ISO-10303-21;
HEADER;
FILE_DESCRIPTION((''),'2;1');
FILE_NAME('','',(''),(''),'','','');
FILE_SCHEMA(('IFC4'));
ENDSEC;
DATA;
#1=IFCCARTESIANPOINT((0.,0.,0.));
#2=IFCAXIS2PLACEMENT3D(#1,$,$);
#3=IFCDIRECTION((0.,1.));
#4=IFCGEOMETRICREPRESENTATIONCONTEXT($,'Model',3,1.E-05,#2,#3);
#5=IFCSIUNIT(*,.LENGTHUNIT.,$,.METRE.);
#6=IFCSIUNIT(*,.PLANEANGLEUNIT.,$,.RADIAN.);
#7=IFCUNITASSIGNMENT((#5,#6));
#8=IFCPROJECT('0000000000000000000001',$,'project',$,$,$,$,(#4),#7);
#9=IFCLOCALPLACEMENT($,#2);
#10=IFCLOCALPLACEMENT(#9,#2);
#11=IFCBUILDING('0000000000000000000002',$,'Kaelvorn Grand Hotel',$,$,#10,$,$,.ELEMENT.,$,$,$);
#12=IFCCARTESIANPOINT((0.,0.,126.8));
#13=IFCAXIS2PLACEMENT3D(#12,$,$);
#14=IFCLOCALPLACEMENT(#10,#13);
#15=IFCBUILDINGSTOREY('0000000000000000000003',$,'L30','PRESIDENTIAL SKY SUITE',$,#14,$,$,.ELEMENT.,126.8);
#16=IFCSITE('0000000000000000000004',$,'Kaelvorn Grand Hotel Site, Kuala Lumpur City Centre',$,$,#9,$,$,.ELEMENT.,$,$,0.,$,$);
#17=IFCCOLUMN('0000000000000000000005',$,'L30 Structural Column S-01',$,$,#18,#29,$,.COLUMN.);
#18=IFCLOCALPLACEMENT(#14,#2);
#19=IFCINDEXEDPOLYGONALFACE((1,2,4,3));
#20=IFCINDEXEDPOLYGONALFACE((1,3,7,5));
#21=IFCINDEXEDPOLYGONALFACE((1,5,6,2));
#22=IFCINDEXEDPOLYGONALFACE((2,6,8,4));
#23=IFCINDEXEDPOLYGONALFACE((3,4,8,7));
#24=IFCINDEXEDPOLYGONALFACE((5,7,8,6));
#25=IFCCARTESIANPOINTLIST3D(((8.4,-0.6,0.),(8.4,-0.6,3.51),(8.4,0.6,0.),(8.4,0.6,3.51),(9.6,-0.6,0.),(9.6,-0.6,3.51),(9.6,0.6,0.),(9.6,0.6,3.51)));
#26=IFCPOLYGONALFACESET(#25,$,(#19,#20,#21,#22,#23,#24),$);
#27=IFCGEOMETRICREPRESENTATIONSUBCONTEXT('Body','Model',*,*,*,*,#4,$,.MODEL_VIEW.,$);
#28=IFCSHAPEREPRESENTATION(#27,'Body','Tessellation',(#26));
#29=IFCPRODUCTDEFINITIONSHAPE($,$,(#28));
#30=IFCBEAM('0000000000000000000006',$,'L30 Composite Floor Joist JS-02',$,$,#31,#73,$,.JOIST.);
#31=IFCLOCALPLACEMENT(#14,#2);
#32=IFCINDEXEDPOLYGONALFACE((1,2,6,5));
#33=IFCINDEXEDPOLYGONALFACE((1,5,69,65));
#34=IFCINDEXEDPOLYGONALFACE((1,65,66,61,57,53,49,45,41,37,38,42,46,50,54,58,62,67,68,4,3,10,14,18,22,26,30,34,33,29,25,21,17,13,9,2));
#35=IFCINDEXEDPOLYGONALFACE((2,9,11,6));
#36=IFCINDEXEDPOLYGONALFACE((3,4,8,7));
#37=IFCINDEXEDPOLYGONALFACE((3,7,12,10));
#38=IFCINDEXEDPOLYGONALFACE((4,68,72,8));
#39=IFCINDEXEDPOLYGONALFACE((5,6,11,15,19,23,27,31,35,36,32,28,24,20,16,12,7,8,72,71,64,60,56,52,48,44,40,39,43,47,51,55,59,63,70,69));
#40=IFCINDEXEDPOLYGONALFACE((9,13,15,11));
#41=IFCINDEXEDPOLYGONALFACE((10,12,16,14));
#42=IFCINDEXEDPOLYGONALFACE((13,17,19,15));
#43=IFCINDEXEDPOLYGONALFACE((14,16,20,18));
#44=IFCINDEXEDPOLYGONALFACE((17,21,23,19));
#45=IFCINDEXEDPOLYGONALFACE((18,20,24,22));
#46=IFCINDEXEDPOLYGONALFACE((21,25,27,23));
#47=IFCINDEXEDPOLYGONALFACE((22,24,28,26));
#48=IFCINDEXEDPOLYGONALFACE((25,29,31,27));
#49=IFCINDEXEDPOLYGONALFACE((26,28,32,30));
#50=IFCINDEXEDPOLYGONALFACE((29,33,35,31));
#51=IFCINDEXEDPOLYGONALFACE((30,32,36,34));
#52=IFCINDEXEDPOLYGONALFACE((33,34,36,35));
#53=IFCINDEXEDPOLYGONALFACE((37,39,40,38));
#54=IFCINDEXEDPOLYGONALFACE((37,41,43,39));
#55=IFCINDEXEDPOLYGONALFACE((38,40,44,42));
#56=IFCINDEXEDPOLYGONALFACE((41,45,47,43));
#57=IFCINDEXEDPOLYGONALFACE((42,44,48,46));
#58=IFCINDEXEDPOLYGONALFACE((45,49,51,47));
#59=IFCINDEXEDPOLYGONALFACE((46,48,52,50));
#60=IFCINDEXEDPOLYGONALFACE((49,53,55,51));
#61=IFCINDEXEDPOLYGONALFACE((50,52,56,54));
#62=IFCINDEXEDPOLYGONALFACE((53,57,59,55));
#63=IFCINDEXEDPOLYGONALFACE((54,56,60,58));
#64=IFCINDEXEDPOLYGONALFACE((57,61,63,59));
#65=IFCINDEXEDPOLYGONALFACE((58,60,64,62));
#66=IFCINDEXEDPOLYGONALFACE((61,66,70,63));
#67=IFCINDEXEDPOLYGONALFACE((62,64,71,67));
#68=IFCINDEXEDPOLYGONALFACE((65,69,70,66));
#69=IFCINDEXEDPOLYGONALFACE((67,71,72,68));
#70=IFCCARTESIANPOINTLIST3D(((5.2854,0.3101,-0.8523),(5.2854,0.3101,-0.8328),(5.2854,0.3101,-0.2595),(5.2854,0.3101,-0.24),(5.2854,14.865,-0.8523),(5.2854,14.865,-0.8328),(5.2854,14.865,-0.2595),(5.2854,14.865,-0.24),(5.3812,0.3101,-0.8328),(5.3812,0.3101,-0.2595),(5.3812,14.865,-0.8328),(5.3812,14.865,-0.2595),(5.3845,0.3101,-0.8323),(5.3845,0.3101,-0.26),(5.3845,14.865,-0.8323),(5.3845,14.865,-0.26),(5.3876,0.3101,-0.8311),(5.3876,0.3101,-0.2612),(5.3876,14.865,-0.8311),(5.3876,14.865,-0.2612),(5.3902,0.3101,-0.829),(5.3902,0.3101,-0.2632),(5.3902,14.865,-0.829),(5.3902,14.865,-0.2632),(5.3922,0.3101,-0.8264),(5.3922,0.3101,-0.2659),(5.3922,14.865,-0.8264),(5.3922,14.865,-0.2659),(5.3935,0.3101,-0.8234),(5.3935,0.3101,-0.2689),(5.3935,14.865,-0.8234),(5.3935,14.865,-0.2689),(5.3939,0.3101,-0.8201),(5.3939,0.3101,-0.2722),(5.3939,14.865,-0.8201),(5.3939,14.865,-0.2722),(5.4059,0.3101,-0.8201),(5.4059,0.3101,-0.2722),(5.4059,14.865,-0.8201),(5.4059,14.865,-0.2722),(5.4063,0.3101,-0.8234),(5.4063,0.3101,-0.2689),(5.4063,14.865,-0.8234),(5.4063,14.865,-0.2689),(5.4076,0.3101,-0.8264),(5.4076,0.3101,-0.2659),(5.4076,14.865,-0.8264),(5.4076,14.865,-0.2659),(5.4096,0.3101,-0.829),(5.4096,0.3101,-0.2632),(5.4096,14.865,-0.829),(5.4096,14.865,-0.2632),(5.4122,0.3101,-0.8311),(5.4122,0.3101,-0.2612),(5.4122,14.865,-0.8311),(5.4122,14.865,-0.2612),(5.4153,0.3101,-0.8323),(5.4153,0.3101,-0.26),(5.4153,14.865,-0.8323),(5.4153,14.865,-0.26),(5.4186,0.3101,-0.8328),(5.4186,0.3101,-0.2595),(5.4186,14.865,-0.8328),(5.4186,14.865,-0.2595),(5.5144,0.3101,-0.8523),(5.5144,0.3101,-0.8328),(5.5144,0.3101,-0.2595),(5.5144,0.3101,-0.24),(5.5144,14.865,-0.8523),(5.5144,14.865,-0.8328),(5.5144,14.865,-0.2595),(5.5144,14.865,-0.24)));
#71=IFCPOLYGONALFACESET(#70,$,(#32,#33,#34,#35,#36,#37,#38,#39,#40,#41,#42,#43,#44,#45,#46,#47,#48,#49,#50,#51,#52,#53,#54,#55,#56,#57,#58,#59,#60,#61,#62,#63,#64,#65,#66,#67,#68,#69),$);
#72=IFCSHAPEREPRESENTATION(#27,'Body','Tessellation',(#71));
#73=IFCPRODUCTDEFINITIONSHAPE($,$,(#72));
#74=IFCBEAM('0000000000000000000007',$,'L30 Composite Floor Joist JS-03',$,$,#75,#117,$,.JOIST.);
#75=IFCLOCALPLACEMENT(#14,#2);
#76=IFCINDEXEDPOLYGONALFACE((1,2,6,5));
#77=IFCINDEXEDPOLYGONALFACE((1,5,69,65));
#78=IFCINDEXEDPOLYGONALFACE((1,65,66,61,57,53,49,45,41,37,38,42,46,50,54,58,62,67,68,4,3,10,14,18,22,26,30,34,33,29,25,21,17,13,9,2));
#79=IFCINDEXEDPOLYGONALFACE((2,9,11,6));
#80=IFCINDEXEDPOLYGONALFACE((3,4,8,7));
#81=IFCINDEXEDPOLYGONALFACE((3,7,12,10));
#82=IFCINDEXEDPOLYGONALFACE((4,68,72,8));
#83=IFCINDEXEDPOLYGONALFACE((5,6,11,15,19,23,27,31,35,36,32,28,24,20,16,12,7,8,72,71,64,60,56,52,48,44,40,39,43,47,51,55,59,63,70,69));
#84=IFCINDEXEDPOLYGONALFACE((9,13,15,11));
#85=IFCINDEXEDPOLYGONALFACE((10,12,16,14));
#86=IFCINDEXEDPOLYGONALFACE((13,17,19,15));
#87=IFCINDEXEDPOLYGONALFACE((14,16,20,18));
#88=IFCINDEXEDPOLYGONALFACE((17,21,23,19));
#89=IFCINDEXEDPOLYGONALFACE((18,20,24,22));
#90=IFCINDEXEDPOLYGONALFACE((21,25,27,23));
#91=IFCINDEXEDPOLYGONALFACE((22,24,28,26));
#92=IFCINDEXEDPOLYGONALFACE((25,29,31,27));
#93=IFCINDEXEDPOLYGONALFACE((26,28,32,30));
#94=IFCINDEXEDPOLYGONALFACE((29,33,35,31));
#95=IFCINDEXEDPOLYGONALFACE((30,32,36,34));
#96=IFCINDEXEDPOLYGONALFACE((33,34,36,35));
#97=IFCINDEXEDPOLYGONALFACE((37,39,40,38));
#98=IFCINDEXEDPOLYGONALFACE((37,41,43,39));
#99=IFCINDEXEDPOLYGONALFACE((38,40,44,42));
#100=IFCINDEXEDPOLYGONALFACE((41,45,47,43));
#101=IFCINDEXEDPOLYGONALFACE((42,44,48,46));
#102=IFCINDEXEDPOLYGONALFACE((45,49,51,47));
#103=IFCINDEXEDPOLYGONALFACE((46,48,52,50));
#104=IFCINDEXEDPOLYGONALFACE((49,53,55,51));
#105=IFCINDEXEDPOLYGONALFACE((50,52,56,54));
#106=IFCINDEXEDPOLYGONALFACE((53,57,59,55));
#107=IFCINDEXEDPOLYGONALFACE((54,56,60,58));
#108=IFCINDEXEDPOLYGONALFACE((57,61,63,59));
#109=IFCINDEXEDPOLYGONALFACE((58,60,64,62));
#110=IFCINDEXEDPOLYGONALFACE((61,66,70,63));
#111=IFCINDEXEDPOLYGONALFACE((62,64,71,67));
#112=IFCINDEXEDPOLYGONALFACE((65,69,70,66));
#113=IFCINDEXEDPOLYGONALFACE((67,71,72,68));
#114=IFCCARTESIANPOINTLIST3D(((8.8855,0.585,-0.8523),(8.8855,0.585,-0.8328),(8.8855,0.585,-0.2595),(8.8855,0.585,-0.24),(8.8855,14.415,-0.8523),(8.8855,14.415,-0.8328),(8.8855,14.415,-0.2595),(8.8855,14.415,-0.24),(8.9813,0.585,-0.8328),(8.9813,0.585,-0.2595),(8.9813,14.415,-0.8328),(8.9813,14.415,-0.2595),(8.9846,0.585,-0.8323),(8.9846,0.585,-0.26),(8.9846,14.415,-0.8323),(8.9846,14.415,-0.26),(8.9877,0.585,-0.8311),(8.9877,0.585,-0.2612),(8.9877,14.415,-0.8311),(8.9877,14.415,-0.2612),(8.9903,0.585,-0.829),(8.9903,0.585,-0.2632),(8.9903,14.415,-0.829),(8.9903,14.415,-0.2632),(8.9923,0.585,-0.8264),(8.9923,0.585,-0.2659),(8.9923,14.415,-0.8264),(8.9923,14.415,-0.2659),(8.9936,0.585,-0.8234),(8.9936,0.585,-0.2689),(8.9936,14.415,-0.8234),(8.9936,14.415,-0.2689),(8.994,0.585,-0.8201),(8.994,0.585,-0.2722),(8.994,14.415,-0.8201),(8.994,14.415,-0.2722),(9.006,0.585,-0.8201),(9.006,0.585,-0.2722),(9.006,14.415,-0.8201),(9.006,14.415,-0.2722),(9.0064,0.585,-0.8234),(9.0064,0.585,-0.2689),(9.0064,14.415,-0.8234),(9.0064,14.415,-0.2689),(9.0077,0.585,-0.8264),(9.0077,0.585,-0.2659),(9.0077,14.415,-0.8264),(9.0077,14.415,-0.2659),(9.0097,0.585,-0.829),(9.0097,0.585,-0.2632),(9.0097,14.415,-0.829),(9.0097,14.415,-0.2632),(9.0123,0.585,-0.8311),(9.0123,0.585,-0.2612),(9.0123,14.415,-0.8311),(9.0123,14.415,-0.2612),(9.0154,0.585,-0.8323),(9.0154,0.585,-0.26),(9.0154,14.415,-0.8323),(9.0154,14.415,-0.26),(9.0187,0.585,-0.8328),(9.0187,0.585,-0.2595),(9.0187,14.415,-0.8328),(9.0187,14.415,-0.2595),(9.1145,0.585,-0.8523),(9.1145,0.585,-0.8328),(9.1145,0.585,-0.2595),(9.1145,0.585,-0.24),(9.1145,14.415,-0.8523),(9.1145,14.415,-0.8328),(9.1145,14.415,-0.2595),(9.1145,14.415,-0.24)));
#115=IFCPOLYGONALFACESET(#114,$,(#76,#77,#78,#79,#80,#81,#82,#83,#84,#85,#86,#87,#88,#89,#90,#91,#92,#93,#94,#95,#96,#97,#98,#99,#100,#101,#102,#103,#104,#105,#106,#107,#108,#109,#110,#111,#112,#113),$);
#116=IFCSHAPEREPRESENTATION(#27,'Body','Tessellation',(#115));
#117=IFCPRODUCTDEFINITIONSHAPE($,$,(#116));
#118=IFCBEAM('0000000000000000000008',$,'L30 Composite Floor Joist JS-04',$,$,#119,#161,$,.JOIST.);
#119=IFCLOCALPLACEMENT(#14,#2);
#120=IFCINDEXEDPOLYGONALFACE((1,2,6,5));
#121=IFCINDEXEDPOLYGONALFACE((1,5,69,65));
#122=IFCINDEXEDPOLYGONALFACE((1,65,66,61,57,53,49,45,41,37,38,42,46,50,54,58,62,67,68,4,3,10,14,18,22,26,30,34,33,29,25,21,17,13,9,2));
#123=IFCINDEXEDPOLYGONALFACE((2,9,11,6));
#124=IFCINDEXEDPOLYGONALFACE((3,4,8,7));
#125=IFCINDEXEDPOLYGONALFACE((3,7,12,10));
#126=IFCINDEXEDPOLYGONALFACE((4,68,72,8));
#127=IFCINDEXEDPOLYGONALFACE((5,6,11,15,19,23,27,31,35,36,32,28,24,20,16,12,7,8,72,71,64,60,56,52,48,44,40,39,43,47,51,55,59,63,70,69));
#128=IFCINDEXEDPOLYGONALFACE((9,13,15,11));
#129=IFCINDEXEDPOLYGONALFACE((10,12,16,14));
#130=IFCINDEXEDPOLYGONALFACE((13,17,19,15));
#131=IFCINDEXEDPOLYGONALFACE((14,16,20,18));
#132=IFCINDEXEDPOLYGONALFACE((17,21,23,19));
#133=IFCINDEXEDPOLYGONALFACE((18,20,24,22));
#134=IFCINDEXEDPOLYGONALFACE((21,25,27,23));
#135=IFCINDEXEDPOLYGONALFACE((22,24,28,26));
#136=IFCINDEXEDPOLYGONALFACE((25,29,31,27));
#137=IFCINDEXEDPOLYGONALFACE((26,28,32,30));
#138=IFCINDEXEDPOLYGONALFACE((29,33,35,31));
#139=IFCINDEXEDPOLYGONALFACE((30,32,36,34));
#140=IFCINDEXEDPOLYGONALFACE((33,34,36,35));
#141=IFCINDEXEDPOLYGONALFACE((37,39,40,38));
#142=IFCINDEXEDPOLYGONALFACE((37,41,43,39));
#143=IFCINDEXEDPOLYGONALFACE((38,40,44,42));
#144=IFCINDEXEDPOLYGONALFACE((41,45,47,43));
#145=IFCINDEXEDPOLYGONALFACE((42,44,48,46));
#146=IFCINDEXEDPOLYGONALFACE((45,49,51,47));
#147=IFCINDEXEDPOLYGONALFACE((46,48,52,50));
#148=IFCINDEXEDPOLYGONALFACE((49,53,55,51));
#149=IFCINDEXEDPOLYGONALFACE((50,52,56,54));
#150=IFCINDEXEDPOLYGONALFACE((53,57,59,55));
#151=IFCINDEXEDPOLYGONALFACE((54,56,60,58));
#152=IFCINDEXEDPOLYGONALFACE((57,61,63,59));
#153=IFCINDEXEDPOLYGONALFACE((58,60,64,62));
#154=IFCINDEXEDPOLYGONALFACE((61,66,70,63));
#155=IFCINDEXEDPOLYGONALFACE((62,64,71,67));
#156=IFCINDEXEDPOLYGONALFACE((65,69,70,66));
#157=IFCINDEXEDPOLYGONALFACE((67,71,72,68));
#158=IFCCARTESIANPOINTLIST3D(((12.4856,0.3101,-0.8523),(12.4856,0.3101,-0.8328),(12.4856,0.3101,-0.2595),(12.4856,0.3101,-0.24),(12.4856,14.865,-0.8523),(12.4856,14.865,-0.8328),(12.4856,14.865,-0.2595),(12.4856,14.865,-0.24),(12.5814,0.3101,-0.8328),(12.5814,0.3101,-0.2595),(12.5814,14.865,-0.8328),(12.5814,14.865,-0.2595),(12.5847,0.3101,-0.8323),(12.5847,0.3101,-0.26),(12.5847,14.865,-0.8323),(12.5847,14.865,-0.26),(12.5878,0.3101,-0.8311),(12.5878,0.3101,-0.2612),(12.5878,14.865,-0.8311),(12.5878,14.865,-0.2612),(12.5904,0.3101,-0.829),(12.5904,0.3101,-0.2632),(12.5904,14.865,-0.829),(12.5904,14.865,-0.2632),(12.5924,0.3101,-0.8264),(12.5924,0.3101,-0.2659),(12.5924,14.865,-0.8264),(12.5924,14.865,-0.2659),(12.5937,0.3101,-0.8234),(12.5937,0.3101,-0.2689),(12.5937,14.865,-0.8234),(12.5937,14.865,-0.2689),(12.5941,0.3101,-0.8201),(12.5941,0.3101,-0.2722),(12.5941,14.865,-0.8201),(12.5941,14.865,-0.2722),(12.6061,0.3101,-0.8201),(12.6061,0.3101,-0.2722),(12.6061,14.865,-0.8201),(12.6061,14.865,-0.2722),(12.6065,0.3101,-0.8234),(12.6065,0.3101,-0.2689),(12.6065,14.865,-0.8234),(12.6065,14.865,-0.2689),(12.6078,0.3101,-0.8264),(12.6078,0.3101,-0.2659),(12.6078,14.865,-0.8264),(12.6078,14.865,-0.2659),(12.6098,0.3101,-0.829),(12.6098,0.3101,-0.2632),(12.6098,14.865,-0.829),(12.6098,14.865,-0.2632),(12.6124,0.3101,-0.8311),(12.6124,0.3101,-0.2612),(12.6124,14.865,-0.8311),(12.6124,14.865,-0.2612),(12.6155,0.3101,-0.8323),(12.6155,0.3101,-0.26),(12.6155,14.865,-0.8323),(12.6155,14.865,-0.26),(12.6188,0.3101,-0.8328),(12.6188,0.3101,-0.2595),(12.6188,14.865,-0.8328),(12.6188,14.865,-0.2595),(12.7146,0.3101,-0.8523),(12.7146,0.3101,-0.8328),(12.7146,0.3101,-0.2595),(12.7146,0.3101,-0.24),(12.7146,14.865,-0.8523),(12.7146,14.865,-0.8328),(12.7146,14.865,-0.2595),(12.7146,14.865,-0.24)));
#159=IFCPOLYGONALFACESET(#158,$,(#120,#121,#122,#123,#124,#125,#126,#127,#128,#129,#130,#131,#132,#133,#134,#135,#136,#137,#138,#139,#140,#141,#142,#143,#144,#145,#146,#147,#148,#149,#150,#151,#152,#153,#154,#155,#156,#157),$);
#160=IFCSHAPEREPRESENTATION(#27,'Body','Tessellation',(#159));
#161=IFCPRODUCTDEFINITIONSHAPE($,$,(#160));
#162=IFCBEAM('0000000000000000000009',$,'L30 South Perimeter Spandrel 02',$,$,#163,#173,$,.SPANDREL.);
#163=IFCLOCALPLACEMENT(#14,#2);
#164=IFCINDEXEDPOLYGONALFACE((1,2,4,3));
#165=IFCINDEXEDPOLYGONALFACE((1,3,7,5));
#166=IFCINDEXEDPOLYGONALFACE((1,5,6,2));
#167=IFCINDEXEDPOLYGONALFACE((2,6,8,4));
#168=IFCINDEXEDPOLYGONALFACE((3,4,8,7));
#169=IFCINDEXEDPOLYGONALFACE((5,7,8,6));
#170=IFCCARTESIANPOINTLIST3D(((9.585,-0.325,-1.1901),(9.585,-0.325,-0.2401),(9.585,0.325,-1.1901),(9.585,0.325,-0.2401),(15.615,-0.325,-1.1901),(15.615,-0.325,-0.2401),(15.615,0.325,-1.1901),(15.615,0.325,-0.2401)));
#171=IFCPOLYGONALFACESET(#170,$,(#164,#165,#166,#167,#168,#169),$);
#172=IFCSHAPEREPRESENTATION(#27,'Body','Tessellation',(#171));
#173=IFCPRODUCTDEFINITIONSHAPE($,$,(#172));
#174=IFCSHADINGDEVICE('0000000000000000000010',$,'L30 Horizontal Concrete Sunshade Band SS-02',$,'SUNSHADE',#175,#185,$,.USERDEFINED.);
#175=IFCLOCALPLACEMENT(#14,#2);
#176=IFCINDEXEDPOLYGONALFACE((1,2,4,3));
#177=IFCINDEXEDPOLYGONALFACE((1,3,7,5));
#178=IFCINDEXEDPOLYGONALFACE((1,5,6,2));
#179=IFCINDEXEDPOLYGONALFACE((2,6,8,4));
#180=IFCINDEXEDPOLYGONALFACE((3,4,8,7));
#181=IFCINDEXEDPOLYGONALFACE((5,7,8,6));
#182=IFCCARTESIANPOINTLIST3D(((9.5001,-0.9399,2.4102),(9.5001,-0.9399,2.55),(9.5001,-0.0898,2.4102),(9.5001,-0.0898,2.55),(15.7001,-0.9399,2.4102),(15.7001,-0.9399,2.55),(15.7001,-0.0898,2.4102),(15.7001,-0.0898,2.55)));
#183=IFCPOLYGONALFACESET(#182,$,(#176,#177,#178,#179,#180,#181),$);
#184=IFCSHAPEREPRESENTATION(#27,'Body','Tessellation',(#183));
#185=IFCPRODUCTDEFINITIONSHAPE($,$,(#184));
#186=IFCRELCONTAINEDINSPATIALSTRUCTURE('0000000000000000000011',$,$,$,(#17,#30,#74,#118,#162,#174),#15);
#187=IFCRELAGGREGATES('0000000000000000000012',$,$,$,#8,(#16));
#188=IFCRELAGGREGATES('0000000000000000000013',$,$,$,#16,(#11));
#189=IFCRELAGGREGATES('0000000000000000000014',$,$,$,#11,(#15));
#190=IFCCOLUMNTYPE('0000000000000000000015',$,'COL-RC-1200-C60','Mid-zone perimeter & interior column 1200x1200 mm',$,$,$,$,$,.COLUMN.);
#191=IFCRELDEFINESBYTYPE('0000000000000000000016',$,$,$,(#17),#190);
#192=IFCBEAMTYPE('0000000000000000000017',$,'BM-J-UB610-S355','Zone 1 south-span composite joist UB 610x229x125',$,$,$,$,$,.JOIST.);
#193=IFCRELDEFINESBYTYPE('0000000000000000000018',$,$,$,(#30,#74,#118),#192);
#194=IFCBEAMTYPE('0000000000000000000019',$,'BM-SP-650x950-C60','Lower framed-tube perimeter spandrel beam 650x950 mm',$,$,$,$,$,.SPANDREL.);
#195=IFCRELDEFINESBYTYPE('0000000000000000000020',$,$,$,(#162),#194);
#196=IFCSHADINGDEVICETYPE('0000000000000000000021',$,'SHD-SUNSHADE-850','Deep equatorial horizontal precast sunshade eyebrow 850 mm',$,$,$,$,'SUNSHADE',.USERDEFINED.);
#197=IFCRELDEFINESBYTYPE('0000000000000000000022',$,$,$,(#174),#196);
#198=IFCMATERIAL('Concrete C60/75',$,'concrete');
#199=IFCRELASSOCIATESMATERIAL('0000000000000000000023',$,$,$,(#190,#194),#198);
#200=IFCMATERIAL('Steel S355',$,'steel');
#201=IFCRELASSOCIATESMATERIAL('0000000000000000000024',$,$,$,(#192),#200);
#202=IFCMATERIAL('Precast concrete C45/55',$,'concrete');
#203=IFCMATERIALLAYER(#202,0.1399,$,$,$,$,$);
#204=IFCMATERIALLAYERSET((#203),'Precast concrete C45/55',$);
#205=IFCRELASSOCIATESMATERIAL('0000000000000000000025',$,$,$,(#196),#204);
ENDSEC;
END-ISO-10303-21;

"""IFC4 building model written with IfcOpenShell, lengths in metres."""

from ifc_helpers import new_model, si_unit, direction, frame, origin, origin_2d, place, context, subcontext, project, spatial, rectangle, i_section, extrude, material, layer, layer_set, material_profile, profile_set, type_object, element, save


model = new_model("IFC4")

# Units and contexts
model_context = context("Model", 3, precision=1e-05, world=origin(), true_north=direction((0.0, 1.0)))
body_context = subcontext(model_context, "Body", "Model", "MODEL_VIEW")
ifc_project = project(units=[si_unit("LENGTHUNIT", "METRE"), si_unit("PLANEANGLEUNIT", "RADIAN")], contexts=[model_context])

# Site, building, storey
site_placement = place(None, origin())
site = spatial("IfcSite", under=ifc_project, at=site_placement, Name="Kaelvorn Grand Hotel Site, Kuala Lumpur City Centre", CompositionType="ELEMENT", RefElevation=0.0)
building_placement = place(site_placement, origin())
building = spatial("IfcBuilding", under=site, at=building_placement, Name="Kaelvorn Grand Hotel", CompositionType="ELEMENT")
storey_placement = place(building_placement, frame((0.0, 0.0, 126.8)))
storey = spatial("IfcBuildingStorey", under=building, at=storey_placement, Name="L30", Description="PRESIDENTIAL SKY SUITE", CompositionType="ELEMENT", Elevation=126.8)

# Column
ifc_material_1 = material(Name="Concrete C60/75", Category="concrete")
ifc_material_profile_1 = material_profile(ifc_material_1, rectangle(XDim=1.2, YDim=1.2, at=origin_2d()), Name="RC COL 1200x1200")
ifc_profile_set_1 = profile_set([ifc_material_profile_1], Name="Concrete C60/75")
column_type = type_object("IfcColumnType", Name="COL-RC-1200-C60", Description="Mid-zone perimeter & interior column 1200x1200 mm", PredefinedType="COLUMN", material=ifc_profile_set_1)
column_placement = place(storey_placement, frame((9.0, 0.0, 0.0), z_axis=(0.0, 0.0, 1.0), x_axis=(1.0, 0.0, 0.0)))
element("IfcColumn", 1, at=column_placement, inside=storey, type_object=column_type, Name="L30 Structural Column S-01", PredefinedType="COLUMN", context=body_context, shape_type="SweptSolid", body=[
    extrude(rectangle(XDim=1.2, YDim=1.2, at=origin_2d()), origin(), (0.0, 0.0, 1.0), 3.51),
])

# Beams
ifc_material_2 = material(Name="Steel S355", Category="steel")
ifc_material_profile_2 = material_profile(ifc_material_2, i_section(OverallWidth=0.229, OverallDepth=0.6123, WebThickness=0.012, FlangeThickness=0.0195, FilletRadius=0.0127, at=origin_2d()), Name="UB 610x229x125")
ifc_profile_set_2 = profile_set([ifc_material_profile_2], Name="Steel S355")
beam_type_1 = type_object("IfcBeamType", Name="BM-J-UB610-S355", Description="Zone 1 south-span composite joist UB 610x229x125", PredefinedType="JOIST", material=ifc_profile_set_2)
beam_1_placement = place(storey_placement, frame((5.3999, 0.3101, -0.5461), z_axis=(0.0, 1.0, 0.0), x_axis=(-1.0, 0.0, 0.0)))
element("IfcBeam", 2, at=beam_1_placement, inside=storey, type_object=beam_type_1, Name="L30 Composite Floor Joist JS-02", PredefinedType="JOIST", context=body_context, shape_type="SweptSolid", body=[
    extrude(i_section(OverallWidth=0.229, OverallDepth=0.6123, WebThickness=0.012, FlangeThickness=0.0195, FilletRadius=0.0127, at=origin_2d()), origin(), (0.0, 0.0, 1.0), 14.5549),
])
beam_2_placement = place(storey_placement, frame((9.0, 0.585, -0.5461), z_axis=(0.0, 1.0, 0.0), x_axis=(-1.0, 0.0, 0.0)))
element("IfcBeam", 3, at=beam_2_placement, inside=storey, type_object=beam_type_1, Name="L30 Composite Floor Joist JS-03", PredefinedType="JOIST", context=body_context, shape_type="SweptSolid", body=[
    extrude(i_section(OverallWidth=0.229, OverallDepth=0.6123, WebThickness=0.012, FlangeThickness=0.0195, FilletRadius=0.0127, at=origin_2d()), origin(), (0.0, 0.0, 1.0), 13.8301),
])
beam_3_placement = place(storey_placement, frame((12.6001, 0.3101, -0.5461), z_axis=(0.0, 1.0, 0.0), x_axis=(-1.0, 0.0, 0.0)))
element("IfcBeam", 4, at=beam_3_placement, inside=storey, type_object=beam_type_1, Name="L30 Composite Floor Joist JS-04", PredefinedType="JOIST", context=body_context, shape_type="SweptSolid", body=[
    extrude(i_section(OverallWidth=0.229, OverallDepth=0.6123, WebThickness=0.012, FlangeThickness=0.0195, FilletRadius=0.0127, at=origin_2d()), origin(), (0.0, 0.0, 1.0), 14.5549),
])
ifc_material_profile_3 = material_profile(ifc_material_1, rectangle(XDim=0.6499, YDim=0.95, at=origin_2d()), Name="RC SPANDREL 650x950")
ifc_profile_set_3 = profile_set([ifc_material_profile_3], Name="Concrete C60/75")
beam_type_2 = type_object("IfcBeamType", Name="BM-SP-650x950-C60", Description="Lower framed-tube perimeter spandrel beam 650x950 mm", PredefinedType="SPANDREL", material=ifc_profile_set_3)
beam_4_placement = place(storey_placement, frame((9.585, 0.0, -0.7151), z_axis=(1.0, 0.0, 0.0), x_axis=(0.0, 1.0, 0.0)))
element("IfcBeam", 5, at=beam_4_placement, inside=storey, type_object=beam_type_2, Name="L30 South Perimeter Spandrel 02", PredefinedType="SPANDREL", context=body_context, shape_type="SweptSolid", body=[
    extrude(rectangle(XDim=0.6499, YDim=0.95, at=origin_2d()), origin(), (0.0, 0.0, 1.0), 6.03),
])

# Shading device
ifc_material_3 = material(Name="Precast concrete C45/55", Category="concrete")
ifc_layer = layer(ifc_material_3, 0.1399)
ifc_layer_set = layer_set([ifc_layer], Name="Precast concrete C45/55")
shading_device_type = type_object("IfcShadingDeviceType", Name="SHD-SUNSHADE-850", Description="Deep equatorial horizontal precast sunshade eyebrow 850 mm", ElementType="SUNSHADE", PredefinedType="USERDEFINED", material=ifc_layer_set)
shading_device_placement = place(storey_placement, frame((12.6001, -0.5149, 2.4102), z_axis=(0.0, 0.0, 1.0), x_axis=(1.0, 0.0, 0.0)))
element("IfcShadingDevice", 6, at=shading_device_placement, inside=storey, type_object=shading_device_type, Name="L30 Horizontal Concrete Sunshade Band SS-02", ObjectType="SUNSHADE", PredefinedType="USERDEFINED", context=body_context, shape_type="SweptSolid", body=[
    extrude(rectangle(XDim=6.2, YDim=0.8501, at=origin_2d()), origin(), (0.0, 0.0, 1.0), 0.1399),
])

save(model, "model.ifc")
